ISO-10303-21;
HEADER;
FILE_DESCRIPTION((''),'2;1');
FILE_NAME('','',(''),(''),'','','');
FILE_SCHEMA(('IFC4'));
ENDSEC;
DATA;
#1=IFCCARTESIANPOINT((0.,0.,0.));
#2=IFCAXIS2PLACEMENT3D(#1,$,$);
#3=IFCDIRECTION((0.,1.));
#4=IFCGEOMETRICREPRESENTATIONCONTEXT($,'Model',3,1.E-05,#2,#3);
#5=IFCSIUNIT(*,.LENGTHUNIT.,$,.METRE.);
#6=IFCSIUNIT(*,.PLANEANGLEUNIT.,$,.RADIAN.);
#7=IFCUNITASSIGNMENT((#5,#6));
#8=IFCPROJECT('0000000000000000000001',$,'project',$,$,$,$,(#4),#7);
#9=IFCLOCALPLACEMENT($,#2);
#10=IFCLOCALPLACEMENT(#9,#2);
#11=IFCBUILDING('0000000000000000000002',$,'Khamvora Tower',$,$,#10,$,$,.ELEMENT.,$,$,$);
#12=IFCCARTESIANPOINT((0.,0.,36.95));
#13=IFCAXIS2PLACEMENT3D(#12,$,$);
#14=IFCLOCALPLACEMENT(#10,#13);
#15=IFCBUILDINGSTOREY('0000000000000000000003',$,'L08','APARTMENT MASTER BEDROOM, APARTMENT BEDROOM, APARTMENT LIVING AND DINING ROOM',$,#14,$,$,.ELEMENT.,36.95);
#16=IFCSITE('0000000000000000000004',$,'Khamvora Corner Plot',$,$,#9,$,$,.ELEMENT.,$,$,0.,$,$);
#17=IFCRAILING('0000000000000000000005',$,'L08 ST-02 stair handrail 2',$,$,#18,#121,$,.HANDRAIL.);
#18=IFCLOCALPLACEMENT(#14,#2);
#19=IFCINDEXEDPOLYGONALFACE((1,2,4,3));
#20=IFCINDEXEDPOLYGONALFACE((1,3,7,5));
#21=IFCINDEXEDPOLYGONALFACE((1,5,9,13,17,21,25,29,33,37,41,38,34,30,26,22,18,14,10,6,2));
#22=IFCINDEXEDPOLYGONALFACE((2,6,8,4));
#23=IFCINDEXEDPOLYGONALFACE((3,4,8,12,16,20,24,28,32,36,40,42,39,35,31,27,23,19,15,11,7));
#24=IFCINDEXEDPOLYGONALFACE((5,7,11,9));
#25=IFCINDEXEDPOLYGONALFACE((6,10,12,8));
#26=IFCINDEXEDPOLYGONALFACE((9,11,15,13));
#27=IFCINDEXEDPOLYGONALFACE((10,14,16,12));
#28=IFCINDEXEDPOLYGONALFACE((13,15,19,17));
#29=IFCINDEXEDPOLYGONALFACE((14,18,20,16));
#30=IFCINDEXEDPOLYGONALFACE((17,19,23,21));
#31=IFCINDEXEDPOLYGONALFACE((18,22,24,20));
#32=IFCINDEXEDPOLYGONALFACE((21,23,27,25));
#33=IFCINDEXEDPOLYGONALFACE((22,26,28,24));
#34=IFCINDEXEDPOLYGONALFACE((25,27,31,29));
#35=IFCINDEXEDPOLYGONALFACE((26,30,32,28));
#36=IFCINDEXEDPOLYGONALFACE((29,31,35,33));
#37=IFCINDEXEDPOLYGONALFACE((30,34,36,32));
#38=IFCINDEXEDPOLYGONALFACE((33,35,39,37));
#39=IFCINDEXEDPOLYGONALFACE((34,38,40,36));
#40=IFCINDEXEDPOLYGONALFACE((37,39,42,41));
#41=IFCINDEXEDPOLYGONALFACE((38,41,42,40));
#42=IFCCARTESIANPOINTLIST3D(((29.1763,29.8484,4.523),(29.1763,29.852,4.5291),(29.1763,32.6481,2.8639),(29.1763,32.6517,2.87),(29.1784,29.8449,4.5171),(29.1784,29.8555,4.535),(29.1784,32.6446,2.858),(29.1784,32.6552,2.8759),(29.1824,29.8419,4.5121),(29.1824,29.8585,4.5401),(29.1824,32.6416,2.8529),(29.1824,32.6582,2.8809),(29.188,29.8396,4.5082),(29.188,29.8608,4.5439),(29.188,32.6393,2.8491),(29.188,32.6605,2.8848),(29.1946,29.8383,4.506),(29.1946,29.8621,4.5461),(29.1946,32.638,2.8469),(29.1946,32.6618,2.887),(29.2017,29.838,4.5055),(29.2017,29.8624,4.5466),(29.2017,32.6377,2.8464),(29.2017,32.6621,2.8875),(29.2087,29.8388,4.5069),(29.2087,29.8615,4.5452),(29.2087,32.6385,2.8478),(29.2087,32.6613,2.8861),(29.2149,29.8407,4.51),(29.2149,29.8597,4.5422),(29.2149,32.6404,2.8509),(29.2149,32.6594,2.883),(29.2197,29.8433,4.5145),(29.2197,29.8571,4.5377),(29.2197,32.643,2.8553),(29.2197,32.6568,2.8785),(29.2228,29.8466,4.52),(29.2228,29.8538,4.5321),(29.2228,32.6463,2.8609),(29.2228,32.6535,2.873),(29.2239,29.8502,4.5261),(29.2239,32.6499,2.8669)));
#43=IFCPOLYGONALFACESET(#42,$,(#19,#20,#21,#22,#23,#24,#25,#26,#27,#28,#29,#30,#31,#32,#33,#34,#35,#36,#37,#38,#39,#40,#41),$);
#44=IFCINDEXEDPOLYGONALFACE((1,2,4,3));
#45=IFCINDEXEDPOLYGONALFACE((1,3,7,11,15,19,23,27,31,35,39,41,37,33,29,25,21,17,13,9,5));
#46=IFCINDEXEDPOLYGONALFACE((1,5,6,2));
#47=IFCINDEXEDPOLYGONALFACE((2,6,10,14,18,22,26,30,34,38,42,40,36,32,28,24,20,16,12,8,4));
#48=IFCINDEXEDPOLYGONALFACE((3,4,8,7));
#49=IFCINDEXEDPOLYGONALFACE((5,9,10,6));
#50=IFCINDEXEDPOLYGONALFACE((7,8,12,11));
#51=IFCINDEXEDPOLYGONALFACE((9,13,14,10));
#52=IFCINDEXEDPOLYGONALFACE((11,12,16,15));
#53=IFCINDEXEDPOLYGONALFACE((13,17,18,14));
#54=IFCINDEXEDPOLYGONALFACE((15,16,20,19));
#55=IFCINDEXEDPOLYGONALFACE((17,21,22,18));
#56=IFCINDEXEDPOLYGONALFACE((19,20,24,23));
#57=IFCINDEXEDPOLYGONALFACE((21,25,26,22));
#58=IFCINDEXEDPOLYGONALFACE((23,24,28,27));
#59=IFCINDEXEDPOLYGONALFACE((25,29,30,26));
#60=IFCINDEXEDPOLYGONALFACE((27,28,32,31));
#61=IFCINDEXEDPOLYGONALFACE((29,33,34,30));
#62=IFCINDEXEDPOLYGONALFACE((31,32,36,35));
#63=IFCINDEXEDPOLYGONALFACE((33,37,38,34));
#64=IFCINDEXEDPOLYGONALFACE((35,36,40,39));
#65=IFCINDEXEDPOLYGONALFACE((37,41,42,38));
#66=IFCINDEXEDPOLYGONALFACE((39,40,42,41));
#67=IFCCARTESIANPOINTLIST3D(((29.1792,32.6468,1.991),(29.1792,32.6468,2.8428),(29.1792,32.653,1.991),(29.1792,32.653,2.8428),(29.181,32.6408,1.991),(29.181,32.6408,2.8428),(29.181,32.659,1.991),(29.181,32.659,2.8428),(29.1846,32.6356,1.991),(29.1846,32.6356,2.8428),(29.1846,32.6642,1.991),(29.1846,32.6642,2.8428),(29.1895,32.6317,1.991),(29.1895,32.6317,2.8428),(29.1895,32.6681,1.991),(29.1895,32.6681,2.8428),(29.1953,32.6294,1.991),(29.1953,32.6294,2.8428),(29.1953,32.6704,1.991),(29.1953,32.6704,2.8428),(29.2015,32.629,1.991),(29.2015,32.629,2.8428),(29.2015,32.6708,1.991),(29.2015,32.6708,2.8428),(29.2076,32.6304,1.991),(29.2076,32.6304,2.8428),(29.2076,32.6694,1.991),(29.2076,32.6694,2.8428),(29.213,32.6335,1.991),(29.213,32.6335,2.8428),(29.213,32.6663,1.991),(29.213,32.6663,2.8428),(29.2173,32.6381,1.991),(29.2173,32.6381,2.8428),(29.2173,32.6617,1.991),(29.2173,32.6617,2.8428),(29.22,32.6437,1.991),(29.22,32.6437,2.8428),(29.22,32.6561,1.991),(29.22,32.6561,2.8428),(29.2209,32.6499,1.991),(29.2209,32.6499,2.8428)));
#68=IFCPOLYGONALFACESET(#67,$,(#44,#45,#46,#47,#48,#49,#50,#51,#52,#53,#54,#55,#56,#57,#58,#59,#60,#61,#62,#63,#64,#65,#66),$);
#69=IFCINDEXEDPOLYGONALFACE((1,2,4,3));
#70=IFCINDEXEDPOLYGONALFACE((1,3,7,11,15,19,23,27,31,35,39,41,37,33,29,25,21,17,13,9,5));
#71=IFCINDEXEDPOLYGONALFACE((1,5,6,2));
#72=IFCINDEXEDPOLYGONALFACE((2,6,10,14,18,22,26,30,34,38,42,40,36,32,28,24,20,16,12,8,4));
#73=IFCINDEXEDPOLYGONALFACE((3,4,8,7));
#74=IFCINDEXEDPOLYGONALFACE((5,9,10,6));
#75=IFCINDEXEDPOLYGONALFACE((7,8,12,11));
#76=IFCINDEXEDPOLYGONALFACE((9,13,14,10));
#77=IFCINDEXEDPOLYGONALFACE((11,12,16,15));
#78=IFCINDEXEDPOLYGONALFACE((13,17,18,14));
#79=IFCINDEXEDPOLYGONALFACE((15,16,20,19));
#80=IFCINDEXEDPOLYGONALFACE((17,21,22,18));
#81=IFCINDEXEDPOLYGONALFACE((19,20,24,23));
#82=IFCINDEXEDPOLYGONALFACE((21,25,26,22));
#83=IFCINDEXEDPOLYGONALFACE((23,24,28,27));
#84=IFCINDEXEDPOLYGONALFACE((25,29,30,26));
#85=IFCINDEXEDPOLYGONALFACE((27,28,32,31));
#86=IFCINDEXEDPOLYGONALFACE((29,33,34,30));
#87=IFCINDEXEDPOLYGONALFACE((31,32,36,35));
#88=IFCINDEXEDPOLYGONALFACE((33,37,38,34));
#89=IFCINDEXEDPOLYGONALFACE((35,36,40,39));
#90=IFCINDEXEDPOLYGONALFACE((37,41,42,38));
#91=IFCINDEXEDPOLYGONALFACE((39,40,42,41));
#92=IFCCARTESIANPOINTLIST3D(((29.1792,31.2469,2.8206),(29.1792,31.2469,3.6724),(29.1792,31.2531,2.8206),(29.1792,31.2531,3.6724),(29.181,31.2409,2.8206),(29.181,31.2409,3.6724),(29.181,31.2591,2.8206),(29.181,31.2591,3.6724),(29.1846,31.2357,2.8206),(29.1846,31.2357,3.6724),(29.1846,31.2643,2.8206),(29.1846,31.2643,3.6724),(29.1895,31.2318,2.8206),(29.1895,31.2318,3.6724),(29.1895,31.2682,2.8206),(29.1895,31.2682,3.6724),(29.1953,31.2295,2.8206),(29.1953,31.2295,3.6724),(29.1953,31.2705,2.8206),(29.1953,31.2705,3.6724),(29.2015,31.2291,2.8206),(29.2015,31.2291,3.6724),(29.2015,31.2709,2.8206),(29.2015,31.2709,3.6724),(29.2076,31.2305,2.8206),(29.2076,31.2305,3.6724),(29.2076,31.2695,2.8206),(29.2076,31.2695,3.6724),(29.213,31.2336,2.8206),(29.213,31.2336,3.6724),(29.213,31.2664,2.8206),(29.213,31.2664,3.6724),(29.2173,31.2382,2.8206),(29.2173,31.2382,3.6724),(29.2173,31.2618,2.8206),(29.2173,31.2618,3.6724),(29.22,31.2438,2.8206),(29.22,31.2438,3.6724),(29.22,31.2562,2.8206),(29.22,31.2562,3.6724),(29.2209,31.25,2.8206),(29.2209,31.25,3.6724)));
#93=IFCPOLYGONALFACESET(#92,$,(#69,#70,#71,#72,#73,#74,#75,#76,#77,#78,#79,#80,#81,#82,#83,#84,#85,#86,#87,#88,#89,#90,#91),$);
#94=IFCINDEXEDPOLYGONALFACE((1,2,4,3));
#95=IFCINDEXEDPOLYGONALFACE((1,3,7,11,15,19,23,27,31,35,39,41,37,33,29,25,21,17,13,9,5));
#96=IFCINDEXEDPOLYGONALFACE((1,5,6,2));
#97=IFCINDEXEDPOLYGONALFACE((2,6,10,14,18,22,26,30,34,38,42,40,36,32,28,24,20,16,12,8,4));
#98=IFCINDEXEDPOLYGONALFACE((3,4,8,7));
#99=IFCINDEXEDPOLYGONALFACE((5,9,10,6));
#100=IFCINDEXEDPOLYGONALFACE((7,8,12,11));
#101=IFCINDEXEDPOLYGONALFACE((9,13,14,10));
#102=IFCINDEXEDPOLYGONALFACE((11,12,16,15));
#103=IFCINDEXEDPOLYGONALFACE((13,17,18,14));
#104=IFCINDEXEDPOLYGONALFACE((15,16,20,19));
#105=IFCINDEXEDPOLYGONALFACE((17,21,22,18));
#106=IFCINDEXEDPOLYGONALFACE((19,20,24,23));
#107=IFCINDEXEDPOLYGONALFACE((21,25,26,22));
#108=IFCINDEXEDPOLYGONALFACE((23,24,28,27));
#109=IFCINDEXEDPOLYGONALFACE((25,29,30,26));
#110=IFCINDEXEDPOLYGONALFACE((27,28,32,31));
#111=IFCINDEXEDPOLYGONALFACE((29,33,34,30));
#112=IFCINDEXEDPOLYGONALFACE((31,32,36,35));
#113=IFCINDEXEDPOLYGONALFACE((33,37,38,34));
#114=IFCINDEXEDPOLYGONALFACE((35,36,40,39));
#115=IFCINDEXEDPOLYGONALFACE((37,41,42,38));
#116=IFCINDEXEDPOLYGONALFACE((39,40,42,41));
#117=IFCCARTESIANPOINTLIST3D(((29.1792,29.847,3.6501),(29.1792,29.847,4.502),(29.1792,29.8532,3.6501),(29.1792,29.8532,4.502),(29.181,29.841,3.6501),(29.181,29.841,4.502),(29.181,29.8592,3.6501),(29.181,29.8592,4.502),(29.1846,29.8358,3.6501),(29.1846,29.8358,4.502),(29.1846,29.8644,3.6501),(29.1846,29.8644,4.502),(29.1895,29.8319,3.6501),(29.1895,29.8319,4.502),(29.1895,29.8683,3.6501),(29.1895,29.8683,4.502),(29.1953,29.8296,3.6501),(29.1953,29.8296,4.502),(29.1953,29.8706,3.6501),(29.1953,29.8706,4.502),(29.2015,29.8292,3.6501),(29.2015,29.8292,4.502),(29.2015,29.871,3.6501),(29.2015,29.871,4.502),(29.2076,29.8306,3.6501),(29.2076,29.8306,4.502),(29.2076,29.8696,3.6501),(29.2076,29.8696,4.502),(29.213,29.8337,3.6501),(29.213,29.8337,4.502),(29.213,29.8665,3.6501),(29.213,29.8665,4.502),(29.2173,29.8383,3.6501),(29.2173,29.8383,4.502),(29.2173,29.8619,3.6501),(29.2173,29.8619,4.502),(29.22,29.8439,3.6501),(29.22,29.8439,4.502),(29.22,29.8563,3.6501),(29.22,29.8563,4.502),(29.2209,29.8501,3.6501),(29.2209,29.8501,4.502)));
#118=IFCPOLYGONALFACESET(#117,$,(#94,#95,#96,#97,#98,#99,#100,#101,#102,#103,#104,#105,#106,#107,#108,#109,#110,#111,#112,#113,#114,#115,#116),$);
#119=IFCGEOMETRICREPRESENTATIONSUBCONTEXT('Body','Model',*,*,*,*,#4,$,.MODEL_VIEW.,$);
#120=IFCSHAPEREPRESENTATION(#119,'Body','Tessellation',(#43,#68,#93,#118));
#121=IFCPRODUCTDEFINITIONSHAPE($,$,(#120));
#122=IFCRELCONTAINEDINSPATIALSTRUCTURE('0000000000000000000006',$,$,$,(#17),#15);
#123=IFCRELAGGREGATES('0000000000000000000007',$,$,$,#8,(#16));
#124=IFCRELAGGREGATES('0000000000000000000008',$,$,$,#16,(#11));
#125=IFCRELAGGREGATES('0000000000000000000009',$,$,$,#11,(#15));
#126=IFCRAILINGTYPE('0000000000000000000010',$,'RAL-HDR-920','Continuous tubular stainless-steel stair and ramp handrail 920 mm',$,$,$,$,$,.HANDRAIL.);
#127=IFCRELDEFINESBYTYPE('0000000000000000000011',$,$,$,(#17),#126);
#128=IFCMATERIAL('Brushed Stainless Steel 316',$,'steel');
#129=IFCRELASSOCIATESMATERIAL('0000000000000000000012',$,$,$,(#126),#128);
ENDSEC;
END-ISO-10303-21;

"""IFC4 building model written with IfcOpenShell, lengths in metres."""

from ifc_helpers import new_model, si_unit, direction, frame, origin, origin_2d, place, context, subcontext, project, spatial, circle, extrude, material, type_object, element, save


model = new_model("IFC4")

# Units and contexts
model_context = context("Model", 3, precision=1e-05, world=origin(), true_north=direction((0.0, 1.0)))
body_context = subcontext(model_context, "Body", "Model", "MODEL_VIEW")
ifc_project = project(units=[si_unit("LENGTHUNIT", "METRE"), si_unit("PLANEANGLEUNIT", "RADIAN")], contexts=[model_context])

# Site, building, storey
site_placement = place(None, origin())
site = spatial("IfcSite", under=ifc_project, at=site_placement, Name="Khamvora Corner Plot", CompositionType="ELEMENT", RefElevation=0.0)
building_placement = place(site_placement, origin())
building = spatial("IfcBuilding", under=site, at=building_placement, Name="Khamvora Tower", CompositionType="ELEMENT")
storey_placement = place(building_placement, frame((0.0, 0.0, 36.95)))
storey = spatial("IfcBuildingStorey", under=building, at=storey_placement, Name="L08", Description="APARTMENT MASTER BEDROOM, APARTMENT BEDROOM, APARTMENT LIVING AND DINING ROOM", CompositionType="ELEMENT", Elevation=36.95)

# Railing
ifc_material_1 = material(Name="Brushed Stainless Steel 316", Category="steel")
railing_type_1 = type_object("IfcRailingType", Name="RAL-HDR-920", Description="Continuous tubular stainless-steel stair and ramp handrail 920 mm", PredefinedType="HANDRAIL", material=ifc_material_1)
railing_1_placement = place(storey_placement, frame((29.2, 32.6499, 1.991)))
element("IfcRailing", 1, at=railing_1_placement, inside=storey, type_object=railing_type_1, Name="L08 ST-02 stair handrail 2", PredefinedType="HANDRAIL", context=body_context, shape_type="SweptSolid", body=[
    extrude(circle(Radius=0.0239, at=origin_2d()), frame((0.0, 0.0, 0.876), z_axis=(0.0, -0.860287, 0.509811), x_axis=(1.0, 0.0, 0.0)), (0.0, 0.0, 1.0), 3.2544),
    extrude(circle(Radius=0.021, at=origin_2d()), origin(), (0.0, 0.0, 1.0), 0.8518),
    extrude(circle(Radius=0.021, at=origin_2d()), frame((0.0, -1.3999, 0.8296)), (0.0, 0.0, 1.0), 0.8518),
    extrude(circle(Radius=0.021, at=origin_2d()), frame((0.0, -2.7998, 1.6592)), (0.0, 0.0, 1.0), 0.8518),
])

save(model, "model.ifc")
